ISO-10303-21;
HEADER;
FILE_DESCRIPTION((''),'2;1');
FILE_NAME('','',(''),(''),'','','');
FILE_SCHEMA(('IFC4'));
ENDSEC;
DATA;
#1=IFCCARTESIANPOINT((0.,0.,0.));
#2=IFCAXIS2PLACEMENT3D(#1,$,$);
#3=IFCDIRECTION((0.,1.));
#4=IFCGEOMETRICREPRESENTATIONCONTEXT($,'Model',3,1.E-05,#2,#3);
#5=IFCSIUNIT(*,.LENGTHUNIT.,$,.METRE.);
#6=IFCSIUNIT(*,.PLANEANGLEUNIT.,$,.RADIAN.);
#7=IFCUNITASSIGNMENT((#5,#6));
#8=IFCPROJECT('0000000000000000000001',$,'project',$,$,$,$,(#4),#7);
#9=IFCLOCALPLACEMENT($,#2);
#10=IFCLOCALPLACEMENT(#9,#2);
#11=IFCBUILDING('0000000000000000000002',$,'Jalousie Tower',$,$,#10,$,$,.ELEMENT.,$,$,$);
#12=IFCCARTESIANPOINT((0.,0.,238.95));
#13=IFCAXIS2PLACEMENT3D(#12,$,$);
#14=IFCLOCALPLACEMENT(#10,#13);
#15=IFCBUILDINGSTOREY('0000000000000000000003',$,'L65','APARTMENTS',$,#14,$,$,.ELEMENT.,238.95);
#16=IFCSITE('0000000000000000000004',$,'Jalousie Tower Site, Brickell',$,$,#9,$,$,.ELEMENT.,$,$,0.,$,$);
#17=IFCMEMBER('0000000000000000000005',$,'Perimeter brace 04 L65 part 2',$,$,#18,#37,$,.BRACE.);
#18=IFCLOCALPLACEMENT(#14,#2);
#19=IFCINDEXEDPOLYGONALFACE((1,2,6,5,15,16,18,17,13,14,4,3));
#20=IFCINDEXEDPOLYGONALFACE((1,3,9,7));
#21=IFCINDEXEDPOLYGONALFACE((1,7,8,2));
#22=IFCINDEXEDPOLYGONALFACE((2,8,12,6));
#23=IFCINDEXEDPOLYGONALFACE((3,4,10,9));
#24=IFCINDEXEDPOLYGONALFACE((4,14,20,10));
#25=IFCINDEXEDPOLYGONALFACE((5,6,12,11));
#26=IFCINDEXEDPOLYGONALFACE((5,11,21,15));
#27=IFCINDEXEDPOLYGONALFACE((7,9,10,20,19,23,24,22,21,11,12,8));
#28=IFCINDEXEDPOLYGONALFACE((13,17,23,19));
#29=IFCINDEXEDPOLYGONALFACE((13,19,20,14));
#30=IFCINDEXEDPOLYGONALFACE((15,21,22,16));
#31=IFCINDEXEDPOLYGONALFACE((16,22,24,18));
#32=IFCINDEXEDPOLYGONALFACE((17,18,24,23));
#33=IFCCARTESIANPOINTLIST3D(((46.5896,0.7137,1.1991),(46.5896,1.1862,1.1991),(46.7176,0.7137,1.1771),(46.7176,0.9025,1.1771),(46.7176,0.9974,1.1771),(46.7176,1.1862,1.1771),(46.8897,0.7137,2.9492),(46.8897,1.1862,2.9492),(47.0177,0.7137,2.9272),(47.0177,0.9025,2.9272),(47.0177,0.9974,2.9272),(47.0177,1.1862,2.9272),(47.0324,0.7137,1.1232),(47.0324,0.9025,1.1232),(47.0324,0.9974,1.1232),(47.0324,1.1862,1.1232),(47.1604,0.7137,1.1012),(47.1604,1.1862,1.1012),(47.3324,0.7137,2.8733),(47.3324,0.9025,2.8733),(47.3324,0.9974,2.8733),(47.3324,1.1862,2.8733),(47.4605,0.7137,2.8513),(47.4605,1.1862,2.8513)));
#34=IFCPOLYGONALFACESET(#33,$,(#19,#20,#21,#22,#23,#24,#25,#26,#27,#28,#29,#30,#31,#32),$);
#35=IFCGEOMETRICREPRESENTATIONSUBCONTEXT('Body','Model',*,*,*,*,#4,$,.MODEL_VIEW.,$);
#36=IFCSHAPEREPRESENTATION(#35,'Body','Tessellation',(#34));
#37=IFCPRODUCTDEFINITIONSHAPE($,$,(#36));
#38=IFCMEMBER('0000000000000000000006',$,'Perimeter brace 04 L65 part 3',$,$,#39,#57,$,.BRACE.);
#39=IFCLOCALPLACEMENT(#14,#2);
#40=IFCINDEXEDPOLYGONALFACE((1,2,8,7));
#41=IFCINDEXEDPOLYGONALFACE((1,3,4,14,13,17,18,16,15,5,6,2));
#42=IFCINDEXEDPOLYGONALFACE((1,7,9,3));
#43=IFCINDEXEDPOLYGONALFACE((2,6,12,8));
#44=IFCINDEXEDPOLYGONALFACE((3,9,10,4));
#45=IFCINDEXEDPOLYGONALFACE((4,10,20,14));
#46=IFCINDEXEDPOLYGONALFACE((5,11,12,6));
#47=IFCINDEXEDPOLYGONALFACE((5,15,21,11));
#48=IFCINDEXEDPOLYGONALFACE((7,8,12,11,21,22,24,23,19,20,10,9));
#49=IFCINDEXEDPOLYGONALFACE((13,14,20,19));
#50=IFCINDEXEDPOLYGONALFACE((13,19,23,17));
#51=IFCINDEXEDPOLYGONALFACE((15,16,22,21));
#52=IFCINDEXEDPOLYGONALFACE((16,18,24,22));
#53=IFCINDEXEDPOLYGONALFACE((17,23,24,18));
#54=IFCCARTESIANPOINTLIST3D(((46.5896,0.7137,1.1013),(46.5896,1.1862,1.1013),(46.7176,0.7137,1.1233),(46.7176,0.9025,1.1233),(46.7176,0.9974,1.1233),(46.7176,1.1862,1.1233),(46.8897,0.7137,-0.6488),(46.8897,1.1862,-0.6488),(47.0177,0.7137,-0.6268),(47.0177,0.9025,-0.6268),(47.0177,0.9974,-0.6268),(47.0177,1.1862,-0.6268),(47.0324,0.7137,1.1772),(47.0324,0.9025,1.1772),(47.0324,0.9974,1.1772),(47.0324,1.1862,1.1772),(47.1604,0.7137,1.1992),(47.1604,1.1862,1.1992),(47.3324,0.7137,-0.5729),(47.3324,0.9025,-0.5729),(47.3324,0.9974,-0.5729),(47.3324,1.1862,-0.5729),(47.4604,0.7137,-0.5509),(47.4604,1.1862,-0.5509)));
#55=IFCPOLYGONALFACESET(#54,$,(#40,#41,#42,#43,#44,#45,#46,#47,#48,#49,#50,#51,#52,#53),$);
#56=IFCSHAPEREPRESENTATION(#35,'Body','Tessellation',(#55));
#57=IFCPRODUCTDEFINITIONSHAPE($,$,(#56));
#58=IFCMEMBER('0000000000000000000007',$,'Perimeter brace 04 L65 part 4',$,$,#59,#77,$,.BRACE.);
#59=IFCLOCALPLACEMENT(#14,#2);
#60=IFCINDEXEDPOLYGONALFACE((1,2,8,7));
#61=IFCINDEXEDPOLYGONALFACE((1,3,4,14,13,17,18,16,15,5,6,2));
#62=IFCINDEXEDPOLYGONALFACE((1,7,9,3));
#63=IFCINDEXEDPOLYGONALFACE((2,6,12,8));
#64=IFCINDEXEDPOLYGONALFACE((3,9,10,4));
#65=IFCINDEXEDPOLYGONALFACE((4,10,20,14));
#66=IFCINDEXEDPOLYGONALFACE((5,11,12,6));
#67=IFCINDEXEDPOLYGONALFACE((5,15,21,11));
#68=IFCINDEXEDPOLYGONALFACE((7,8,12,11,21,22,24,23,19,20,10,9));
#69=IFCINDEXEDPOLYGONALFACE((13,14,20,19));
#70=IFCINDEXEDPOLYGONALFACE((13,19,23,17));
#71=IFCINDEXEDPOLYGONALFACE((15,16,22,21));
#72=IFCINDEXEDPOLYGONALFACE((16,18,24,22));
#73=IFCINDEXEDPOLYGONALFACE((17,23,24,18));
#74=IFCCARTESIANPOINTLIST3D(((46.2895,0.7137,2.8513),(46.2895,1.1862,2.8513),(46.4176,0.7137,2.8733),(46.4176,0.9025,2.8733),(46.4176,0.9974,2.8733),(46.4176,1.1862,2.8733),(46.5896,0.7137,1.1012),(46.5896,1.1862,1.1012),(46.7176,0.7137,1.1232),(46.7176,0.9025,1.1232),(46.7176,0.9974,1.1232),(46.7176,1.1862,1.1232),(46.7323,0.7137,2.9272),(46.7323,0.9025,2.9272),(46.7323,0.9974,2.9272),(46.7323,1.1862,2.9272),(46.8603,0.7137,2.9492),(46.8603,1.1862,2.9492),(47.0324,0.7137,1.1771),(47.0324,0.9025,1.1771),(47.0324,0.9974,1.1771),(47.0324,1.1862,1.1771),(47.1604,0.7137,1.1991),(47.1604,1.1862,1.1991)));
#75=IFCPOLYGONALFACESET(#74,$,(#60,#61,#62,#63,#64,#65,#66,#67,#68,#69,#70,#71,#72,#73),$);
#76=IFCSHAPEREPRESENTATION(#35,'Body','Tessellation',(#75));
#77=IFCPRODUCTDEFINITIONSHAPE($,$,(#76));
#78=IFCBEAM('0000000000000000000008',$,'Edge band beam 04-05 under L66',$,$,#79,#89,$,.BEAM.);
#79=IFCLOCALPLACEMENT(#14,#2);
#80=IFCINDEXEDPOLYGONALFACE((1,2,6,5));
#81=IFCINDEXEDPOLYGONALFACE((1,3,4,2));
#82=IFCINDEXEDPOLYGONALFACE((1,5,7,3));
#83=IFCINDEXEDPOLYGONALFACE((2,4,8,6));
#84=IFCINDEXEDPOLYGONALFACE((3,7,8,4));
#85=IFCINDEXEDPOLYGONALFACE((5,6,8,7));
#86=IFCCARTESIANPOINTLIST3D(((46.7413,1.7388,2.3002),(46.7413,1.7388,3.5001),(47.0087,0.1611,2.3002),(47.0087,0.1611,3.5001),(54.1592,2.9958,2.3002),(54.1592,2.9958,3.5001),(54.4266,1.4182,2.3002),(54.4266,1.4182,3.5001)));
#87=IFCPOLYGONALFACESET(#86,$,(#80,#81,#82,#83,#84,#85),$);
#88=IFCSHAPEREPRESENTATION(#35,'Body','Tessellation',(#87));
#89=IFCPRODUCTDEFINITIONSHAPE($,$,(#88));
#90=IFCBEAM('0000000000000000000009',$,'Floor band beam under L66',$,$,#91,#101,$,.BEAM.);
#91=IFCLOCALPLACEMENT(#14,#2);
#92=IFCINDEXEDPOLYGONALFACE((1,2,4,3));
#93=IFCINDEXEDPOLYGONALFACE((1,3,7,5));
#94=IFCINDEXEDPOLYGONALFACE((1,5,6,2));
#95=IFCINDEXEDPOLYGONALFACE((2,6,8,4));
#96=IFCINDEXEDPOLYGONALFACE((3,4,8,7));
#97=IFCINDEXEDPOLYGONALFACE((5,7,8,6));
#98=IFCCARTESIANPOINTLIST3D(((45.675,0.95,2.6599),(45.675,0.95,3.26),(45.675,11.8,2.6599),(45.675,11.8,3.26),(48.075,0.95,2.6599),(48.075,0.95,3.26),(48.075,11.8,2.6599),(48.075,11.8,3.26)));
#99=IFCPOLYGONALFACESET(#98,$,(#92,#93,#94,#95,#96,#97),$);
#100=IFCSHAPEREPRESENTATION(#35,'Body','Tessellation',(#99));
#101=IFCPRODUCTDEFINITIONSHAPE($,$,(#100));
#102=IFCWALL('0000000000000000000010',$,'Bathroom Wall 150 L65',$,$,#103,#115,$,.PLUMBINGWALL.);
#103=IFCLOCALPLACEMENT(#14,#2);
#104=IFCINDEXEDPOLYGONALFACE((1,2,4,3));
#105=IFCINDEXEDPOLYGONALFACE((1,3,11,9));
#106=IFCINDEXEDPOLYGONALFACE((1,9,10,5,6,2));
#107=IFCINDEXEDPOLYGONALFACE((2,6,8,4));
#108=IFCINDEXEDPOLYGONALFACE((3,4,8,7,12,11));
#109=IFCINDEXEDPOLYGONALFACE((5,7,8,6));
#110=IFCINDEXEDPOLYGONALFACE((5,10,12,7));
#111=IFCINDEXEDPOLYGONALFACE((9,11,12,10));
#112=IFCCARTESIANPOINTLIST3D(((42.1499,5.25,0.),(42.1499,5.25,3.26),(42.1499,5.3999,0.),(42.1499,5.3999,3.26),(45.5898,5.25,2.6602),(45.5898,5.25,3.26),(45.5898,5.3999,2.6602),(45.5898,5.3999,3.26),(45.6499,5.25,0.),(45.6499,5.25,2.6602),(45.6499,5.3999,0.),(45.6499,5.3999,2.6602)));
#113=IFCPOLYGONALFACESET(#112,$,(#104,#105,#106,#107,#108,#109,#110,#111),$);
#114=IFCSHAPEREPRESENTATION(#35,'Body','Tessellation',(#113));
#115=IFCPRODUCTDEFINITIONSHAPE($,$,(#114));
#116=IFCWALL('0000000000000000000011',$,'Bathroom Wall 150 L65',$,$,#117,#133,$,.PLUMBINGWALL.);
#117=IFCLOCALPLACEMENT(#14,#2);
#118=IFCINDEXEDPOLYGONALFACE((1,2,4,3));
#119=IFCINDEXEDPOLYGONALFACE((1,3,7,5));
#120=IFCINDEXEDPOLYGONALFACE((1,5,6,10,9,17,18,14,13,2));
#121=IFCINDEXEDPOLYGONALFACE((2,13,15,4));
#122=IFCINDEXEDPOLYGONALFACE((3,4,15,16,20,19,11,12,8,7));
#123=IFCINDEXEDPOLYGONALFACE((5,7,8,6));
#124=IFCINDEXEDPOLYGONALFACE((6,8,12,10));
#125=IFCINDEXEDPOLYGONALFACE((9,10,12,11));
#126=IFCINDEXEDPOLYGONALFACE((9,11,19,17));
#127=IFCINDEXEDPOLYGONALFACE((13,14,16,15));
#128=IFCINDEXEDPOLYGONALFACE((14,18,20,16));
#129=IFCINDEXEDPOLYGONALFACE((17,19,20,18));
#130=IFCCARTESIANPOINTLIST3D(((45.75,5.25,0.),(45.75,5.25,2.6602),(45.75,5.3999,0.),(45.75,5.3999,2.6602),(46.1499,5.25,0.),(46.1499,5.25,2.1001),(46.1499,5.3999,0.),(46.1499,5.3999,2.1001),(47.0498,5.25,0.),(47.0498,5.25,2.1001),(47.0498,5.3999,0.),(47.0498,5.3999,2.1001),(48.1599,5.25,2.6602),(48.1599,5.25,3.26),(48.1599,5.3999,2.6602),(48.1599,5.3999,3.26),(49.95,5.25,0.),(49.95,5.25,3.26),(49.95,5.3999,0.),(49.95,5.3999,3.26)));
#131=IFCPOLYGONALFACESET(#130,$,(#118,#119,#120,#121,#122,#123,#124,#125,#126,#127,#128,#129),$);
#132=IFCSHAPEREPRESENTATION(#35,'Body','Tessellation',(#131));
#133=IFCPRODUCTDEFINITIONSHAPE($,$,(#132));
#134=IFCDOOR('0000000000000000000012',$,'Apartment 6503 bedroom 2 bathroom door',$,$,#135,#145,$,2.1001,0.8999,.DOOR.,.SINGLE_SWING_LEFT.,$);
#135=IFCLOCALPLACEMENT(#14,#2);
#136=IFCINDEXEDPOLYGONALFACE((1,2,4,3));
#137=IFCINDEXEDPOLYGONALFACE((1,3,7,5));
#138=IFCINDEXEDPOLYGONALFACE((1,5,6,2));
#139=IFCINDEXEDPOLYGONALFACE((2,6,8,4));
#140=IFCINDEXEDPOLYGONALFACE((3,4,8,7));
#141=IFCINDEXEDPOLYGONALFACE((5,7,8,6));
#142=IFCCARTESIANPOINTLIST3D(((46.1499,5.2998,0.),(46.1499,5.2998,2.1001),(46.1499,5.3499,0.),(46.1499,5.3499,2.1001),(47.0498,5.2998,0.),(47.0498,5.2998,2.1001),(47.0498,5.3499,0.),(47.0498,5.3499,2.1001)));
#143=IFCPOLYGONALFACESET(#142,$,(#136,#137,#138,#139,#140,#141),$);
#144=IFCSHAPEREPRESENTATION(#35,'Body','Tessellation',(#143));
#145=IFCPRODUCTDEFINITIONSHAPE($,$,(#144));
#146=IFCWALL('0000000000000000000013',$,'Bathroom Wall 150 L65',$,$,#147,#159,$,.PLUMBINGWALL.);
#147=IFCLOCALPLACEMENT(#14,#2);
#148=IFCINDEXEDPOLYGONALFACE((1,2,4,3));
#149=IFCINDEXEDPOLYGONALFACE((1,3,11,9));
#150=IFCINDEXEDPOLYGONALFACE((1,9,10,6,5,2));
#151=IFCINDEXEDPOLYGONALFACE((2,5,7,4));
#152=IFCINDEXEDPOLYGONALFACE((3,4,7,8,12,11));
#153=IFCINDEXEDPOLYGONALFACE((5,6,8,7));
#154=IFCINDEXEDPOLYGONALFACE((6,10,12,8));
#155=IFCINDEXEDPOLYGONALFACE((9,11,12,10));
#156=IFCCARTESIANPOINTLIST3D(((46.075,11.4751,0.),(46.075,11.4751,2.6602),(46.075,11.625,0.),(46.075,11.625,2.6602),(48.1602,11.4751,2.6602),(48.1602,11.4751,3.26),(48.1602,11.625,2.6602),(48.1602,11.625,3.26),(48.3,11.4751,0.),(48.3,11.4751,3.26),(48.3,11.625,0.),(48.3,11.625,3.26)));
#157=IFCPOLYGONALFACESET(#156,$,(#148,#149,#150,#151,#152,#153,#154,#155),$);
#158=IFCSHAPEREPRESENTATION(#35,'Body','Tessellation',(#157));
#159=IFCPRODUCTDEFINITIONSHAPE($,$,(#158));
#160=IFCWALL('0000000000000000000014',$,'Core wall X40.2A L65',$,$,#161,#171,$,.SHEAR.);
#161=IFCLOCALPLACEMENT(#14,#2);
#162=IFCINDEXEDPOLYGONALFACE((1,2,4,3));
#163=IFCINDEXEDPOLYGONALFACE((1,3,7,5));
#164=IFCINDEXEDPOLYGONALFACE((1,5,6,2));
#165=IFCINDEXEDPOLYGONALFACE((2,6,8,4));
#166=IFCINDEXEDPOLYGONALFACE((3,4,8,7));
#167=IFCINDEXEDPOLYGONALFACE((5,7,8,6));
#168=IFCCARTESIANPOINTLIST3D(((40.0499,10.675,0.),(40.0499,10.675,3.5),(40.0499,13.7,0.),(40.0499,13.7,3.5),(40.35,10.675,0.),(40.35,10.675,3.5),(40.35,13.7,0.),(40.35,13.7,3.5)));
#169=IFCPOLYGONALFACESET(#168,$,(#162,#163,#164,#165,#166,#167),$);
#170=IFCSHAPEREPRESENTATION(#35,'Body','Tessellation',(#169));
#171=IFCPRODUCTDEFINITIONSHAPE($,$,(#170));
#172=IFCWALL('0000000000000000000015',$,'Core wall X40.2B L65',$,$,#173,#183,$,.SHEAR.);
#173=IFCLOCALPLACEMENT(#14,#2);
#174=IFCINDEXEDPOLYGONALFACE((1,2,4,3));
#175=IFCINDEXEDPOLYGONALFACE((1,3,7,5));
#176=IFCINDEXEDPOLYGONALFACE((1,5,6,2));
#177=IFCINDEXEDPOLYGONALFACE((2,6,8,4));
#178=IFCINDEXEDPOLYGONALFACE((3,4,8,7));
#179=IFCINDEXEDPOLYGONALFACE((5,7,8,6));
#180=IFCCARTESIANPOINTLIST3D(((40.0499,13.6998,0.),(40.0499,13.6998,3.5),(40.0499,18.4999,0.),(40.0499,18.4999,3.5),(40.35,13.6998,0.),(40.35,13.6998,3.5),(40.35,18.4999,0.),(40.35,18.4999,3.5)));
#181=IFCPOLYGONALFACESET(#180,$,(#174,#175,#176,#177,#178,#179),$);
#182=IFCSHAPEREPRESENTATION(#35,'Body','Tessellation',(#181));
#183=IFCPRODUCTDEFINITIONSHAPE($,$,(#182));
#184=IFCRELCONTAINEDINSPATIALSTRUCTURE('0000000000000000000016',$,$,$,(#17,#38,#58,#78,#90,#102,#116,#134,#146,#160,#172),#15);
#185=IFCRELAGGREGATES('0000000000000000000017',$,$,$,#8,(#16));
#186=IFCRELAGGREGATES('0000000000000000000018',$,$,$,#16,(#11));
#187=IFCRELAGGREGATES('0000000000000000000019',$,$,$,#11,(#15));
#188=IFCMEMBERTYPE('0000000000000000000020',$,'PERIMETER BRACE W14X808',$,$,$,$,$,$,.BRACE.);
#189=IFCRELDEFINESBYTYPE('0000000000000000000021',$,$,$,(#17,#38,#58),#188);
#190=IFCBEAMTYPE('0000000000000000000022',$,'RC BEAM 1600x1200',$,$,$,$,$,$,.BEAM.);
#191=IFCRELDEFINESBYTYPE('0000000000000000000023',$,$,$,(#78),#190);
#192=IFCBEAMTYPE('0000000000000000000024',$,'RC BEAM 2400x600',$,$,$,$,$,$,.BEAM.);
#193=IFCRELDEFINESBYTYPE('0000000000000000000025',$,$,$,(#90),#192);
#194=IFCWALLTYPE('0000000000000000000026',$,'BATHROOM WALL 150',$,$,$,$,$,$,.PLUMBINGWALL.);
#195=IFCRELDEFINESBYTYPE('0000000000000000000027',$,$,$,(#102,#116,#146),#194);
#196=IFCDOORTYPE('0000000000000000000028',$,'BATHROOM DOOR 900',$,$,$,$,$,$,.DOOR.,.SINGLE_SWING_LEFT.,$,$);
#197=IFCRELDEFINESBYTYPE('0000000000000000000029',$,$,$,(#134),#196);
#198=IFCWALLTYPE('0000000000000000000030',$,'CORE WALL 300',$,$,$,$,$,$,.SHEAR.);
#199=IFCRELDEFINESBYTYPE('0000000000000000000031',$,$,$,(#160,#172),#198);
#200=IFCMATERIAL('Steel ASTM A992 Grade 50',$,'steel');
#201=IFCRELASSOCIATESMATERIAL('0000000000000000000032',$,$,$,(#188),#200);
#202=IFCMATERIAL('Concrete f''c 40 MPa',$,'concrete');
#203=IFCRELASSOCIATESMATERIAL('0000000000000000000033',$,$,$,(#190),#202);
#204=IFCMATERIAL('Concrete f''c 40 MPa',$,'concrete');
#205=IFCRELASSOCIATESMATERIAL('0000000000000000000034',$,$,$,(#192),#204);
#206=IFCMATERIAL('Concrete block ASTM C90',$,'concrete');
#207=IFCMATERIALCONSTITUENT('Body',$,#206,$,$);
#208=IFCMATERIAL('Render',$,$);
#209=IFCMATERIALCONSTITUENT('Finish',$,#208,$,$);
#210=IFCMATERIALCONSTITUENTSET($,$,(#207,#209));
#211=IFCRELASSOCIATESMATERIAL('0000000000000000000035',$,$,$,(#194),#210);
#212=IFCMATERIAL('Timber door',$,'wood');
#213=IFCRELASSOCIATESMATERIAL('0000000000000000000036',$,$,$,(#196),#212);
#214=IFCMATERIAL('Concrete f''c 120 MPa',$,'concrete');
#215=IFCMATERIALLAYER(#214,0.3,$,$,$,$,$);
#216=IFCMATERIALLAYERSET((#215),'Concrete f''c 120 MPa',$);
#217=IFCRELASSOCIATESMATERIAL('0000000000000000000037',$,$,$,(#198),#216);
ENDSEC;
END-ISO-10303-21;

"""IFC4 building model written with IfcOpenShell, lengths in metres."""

from ifc_helpers import new_model, si_unit, direction, frame, frame_2d, origin, origin_2d, place, context, subcontext, project, spatial, polyline, rectangle, i_section, outline, extrude, material, layer, layer_set, constituent, constituent_set, material_profile, profile_set, type_object, element, fill, save


model = new_model("IFC4")

# Units and contexts
model_context = context("Model", 3, precision=1e-05, world=origin(), true_north=direction((0.0, 1.0)))
body_context = subcontext(model_context, "Body", "Model", "MODEL_VIEW")
ifc_project = project(units=[si_unit("LENGTHUNIT", "METRE"), si_unit("PLANEANGLEUNIT", "RADIAN")], contexts=[model_context])

# Site, building, storey
site_placement = place(None, origin())
site = spatial("IfcSite", under=ifc_project, at=site_placement, Name="Jalousie Tower Site, Brickell", CompositionType="ELEMENT", RefElevation=0.0)
building_placement = place(site_placement, origin())
building = spatial("IfcBuilding", under=site, at=building_placement, Name="Jalousie Tower", CompositionType="ELEMENT")
storey_placement = place(building_placement, frame((0.0, 0.0, 238.95)))
storey = spatial("IfcBuildingStorey", under=building, at=storey_placement, Name="L65", Description="APARTMENTS", CompositionType="ELEMENT", Elevation=238.95)

# Members
ifc_material_1 = material(Name="Steel ASTM A992 Grade 50", Category="steel")
ifc_material_profile_1 = material_profile(ifc_material_1, i_section(OverallWidth=0.4724, OverallDepth=0.5791, WebThickness=0.095, FlangeThickness=0.1299, at=origin_2d()), Name="W14X808")
ifc_profile_set_1 = profile_set([ifc_material_profile_1], Name="Steel ASTM A992 Grade 50")
member_type = type_object("IfcMemberType", Name="PERIMETER BRACE W14X808", PredefinedType="BRACE", material=ifc_profile_set_1)
for number, where, z_axis, x_axis, name in (
    (1, (46.875, 0.95, 1.1501), (0.168991, 0.0, 0.985618), (0.0, 1.0, 0.0), "Perimeter brace 04 L65 part 2"),
    (2, (47.175, 0.95, -0.5999), (-0.168991, 0.0, 0.985618), (0.0, -1.0, 0.0), "Perimeter brace 04 L65 part 3"),
    (3, (46.875, 0.95, 1.1501), (-0.168991, 0.0, 0.985618), (0.0, -1.0, 0.0), "Perimeter brace 04 L65 part 4"),
):
    element("IfcMember", number, at=place(storey_placement, frame(where, z_axis=z_axis, x_axis=x_axis)), inside=storey, type_object=member_type, Name=name, PredefinedType="BRACE", context=body_context, shape_type="SweptSolid", body=[
        extrude(i_section(OverallWidth=0.4724, OverallDepth=0.5791, WebThickness=0.095, FlangeThickness=0.1299, at=origin_2d()), origin(), (0.0, 0.0, 1.0), 1.7756),
    ])

# Beams
ifc_material_2 = material(Name="Concrete f'c 40 MPa", Category="concrete")
ifc_material_profile_2 = material_profile(ifc_material_2, rectangle(XDim=1.6001, YDim=1.2, at=origin_2d()), Name="RC 1600x1200")
ifc_profile_set_2 = profile_set([ifc_material_profile_2], Name="Concrete f'c 40 MPa")
beam_type_1 = type_object("IfcBeamType", Name="RC BEAM 1600x1200", PredefinedType="BEAM", material=ifc_profile_set_2)
beam_1_placement = place(storey_placement, frame((46.875, 0.95, 2.9001), z_axis=(0.985943, 0.167082, 0.0), x_axis=(-0.167082, 0.985943, 0.0)))
element("IfcBeam", 4, at=beam_1_placement, inside=storey, type_object=beam_type_1, Name="Edge band beam 04-05 under L66", PredefinedType="BEAM", context=body_context, shape_type="SweptSolid", body=[
    extrude(rectangle(XDim=1.6001, YDim=1.2, at=origin_2d()), origin(), (0.0, 0.0, 1.0), 7.5237),
])
ifc_material_3 = material(Name="Concrete f'c 40 MPa", Category="concrete")
ifc_material_profile_3 = material_profile(ifc_material_3, rectangle(XDim=2.3999, YDim=0.6001, at=origin_2d()), Name="RC 2400x600")
ifc_profile_set_3 = profile_set([ifc_material_profile_3], Name="Concrete f'c 40 MPa")
beam_type_2 = type_object("IfcBeamType", Name="RC BEAM 2400x600", PredefinedType="BEAM", material=ifc_profile_set_3)
beam_2_placement = place(storey_placement, frame((46.875, 0.95, 2.96), z_axis=(0.0, 1.0, 0.0), x_axis=(-1.0, 0.0, 0.0)))
element("IfcBeam", 5, at=beam_2_placement, inside=storey, type_object=beam_type_2, Name="Floor band beam under L66", PredefinedType="BEAM", context=body_context, shape_type="SweptSolid", body=[
    extrude(rectangle(XDim=2.3999, YDim=0.6001, at=origin_2d()), origin(), (0.0, 0.0, 1.0), 10.8501),
])

# Wall
ifc_material_4 = material(Name="Concrete block ASTM C90", Category="concrete")
ifc_constituent_1 = constituent(ifc_material_4, Name="Body")
ifc_material_5 = material(Name="Render")
ifc_constituent_2 = constituent(ifc_material_5, Name="Finish")
ifc_constituent_set_1 = constituent_set(constituents=[ifc_constituent_1, ifc_constituent_2])
wall_type_1 = type_object("IfcWallType", Name="BATHROOM WALL 150", PredefinedType="PLUMBINGWALL", material=ifc_constituent_set_1)
wall_1_placement = place(storey_placement, frame((42.1499, 5.325, 0.0), z_axis=(0.0, 0.0, 1.0), x_axis=(1.0, 0.0, 0.0)))
element("IfcWall", 6, at=wall_1_placement, inside=storey, type_object=wall_type_1, Name="Bathroom Wall 150 L65", PredefinedType="PLUMBINGWALL", context=body_context, shape_type="SweptSolid", body=[
    extrude(outline(polyline([(0.0, 0.0), (3.5, 0.0), (3.5, 3.26), (3.5, 2.6602), (3.4399, 2.6602), (3.4399, 3.26), (0.0, 3.26), (0.0, 0.0)])), frame((0.0, 0.075, 0.0), z_axis=(0.0, -1.0, 0.0), x_axis=(1.0, 0.0, 0.0)), (0.0, 0.0, 1.0), 0.1499),
])

# Wall, opening, door
wall_2_placement = place(storey_placement, frame((45.75, 5.325, 0.0), z_axis=(0.0, 0.0, 1.0), x_axis=(1.0, 0.0, 0.0)))
wall_2 = element("IfcWall", 7, at=wall_2_placement, inside=storey, type_object=wall_type_1, Name="Bathroom Wall 150 L65", PredefinedType="PLUMBINGWALL", context=body_context, shape_type="SweptSolid", body=[
    extrude(outline(polyline([(0.0, 0.0), (4.2, 0.0), (4.2, 3.26), (2.4099, 3.26), (2.4099, 2.6602), (0.0, 2.6602), (0.0, 3.26), (0.0, 0.0)])), frame((0.0, 0.075, 0.0), z_axis=(0.0, -1.0, 0.0), x_axis=(1.0, 0.0, 0.0)), (0.0, 0.0, 1.0), 0.1499),
])
opening_1_placement = place(wall_2_placement, frame((0.3999, 0.0, 0.0)))
opening_1 = element("IfcOpeningElement", 8, at=opening_1_placement, cuts=wall_2, PredefinedType="OPENING", context=body_context, shape_type="SweptSolid", body=[
    extrude(rectangle(XDim=0.8999, YDim=2.1001, at=frame_2d((0.45, 1.05))), frame((0.0, 0.085, 0.0), z_axis=(0.0, -1.0, 0.0), x_axis=(1.0, 0.0, 0.0)), (0.0, 0.0, 1.0), 0.1699),
])
ifc_material_6 = material(Name="Timber door", Category="wood")
door_type_1 = type_object("IfcDoorType", Name="BATHROOM DOOR 900", OperationType="SINGLE_SWING_LEFT", PredefinedType="DOOR", material=ifc_material_6)
door_1_placement = place(opening_1_placement, origin())
door_1 = element("IfcDoor", 9, at=door_1_placement, inside=storey, type_object=door_type_1, Name="Apartment 6503 bedroom 2 bathroom door", OperationType="SINGLE_SWING_LEFT", OverallHeight=2.1001, OverallWidth=0.8999, PredefinedType="DOOR", context=body_context, shape_type="SweptSolid", body=[
    extrude(rectangle(XDim=0.8999, YDim=2.1001, at=frame_2d((0.45, 1.05))), frame((0.0, 0.0249, 0.0), z_axis=(0.0, -1.0, 0.0), x_axis=(1.0, 0.0, 0.0)), (0.0, 0.0, 1.0), 0.05),
])
fill(opening_1, door_1)

# Walls
wall_3_placement = place(storey_placement, frame((48.3, 11.55, 0.0), z_axis=(0.0, 0.0, 1.0), x_axis=(-1.0, 0.0, 0.0)))
element("IfcWall", 10, at=wall_3_placement, inside=storey, type_object=wall_type_1, Name="Bathroom Wall 150 L65", PredefinedType="PLUMBINGWALL", context=body_context, shape_type="SweptSolid", body=[
    extrude(outline(polyline([(0.0, 0.0), (2.2251, 0.0), (2.2251, 3.26), (2.2251, 2.6602), (0.1399, 2.6602), (0.1399, 3.26), (0.0, 3.26), (0.0, 0.0)])), frame((0.0, 0.075, 0.0), z_axis=(0.0, -1.0, 0.0), x_axis=(1.0, 0.0, 0.0)), (0.0, 0.0, 1.0), 0.1499),
])
ifc_material_7 = material(Name="Concrete f'c 120 MPa", Category="concrete")
ifc_layer_1 = layer(ifc_material_7, 0.3)
ifc_layer_set_1 = layer_set([ifc_layer_1], Name="Concrete f'c 120 MPa")
wall_type_2 = type_object("IfcWallType", Name="CORE WALL 300", PredefinedType="SHEAR", material=ifc_layer_set_1)
wall_4_placement = place(storey_placement, frame((40.2, 10.675, 0.0), z_axis=(0.0, 0.0, 1.0), x_axis=(0.0, 1.0, 0.0)))
element("IfcWall", 11, at=wall_4_placement, inside=storey, type_object=wall_type_2, Name="Core wall X40.2A L65", PredefinedType="SHEAR", context=body_context, shape_type="SweptSolid", body=[
    extrude(rectangle(XDim=3.0249, YDim=0.3, at=frame_2d((1.5125, 0.0))), origin(), (0.0, 0.0, 1.0), 3.5),
])
wall_5_placement = place(storey_placement, frame((40.2, 13.7, 0.0), z_axis=(0.0, 0.0, 1.0), x_axis=(0.0, 1.0, 0.0)))
element("IfcWall", 12, at=wall_5_placement, inside=storey, type_object=wall_type_2, Name="Core wall X40.2B L65", PredefinedType="SHEAR", context=body_context, shape_type="SweptSolid", body=[
    extrude(rectangle(XDim=4.8, YDim=0.3, at=frame_2d((2.3999, 0.0))), origin(), (0.0, 0.0, 1.0), 3.5),
])

save(model, "model.ifc")
